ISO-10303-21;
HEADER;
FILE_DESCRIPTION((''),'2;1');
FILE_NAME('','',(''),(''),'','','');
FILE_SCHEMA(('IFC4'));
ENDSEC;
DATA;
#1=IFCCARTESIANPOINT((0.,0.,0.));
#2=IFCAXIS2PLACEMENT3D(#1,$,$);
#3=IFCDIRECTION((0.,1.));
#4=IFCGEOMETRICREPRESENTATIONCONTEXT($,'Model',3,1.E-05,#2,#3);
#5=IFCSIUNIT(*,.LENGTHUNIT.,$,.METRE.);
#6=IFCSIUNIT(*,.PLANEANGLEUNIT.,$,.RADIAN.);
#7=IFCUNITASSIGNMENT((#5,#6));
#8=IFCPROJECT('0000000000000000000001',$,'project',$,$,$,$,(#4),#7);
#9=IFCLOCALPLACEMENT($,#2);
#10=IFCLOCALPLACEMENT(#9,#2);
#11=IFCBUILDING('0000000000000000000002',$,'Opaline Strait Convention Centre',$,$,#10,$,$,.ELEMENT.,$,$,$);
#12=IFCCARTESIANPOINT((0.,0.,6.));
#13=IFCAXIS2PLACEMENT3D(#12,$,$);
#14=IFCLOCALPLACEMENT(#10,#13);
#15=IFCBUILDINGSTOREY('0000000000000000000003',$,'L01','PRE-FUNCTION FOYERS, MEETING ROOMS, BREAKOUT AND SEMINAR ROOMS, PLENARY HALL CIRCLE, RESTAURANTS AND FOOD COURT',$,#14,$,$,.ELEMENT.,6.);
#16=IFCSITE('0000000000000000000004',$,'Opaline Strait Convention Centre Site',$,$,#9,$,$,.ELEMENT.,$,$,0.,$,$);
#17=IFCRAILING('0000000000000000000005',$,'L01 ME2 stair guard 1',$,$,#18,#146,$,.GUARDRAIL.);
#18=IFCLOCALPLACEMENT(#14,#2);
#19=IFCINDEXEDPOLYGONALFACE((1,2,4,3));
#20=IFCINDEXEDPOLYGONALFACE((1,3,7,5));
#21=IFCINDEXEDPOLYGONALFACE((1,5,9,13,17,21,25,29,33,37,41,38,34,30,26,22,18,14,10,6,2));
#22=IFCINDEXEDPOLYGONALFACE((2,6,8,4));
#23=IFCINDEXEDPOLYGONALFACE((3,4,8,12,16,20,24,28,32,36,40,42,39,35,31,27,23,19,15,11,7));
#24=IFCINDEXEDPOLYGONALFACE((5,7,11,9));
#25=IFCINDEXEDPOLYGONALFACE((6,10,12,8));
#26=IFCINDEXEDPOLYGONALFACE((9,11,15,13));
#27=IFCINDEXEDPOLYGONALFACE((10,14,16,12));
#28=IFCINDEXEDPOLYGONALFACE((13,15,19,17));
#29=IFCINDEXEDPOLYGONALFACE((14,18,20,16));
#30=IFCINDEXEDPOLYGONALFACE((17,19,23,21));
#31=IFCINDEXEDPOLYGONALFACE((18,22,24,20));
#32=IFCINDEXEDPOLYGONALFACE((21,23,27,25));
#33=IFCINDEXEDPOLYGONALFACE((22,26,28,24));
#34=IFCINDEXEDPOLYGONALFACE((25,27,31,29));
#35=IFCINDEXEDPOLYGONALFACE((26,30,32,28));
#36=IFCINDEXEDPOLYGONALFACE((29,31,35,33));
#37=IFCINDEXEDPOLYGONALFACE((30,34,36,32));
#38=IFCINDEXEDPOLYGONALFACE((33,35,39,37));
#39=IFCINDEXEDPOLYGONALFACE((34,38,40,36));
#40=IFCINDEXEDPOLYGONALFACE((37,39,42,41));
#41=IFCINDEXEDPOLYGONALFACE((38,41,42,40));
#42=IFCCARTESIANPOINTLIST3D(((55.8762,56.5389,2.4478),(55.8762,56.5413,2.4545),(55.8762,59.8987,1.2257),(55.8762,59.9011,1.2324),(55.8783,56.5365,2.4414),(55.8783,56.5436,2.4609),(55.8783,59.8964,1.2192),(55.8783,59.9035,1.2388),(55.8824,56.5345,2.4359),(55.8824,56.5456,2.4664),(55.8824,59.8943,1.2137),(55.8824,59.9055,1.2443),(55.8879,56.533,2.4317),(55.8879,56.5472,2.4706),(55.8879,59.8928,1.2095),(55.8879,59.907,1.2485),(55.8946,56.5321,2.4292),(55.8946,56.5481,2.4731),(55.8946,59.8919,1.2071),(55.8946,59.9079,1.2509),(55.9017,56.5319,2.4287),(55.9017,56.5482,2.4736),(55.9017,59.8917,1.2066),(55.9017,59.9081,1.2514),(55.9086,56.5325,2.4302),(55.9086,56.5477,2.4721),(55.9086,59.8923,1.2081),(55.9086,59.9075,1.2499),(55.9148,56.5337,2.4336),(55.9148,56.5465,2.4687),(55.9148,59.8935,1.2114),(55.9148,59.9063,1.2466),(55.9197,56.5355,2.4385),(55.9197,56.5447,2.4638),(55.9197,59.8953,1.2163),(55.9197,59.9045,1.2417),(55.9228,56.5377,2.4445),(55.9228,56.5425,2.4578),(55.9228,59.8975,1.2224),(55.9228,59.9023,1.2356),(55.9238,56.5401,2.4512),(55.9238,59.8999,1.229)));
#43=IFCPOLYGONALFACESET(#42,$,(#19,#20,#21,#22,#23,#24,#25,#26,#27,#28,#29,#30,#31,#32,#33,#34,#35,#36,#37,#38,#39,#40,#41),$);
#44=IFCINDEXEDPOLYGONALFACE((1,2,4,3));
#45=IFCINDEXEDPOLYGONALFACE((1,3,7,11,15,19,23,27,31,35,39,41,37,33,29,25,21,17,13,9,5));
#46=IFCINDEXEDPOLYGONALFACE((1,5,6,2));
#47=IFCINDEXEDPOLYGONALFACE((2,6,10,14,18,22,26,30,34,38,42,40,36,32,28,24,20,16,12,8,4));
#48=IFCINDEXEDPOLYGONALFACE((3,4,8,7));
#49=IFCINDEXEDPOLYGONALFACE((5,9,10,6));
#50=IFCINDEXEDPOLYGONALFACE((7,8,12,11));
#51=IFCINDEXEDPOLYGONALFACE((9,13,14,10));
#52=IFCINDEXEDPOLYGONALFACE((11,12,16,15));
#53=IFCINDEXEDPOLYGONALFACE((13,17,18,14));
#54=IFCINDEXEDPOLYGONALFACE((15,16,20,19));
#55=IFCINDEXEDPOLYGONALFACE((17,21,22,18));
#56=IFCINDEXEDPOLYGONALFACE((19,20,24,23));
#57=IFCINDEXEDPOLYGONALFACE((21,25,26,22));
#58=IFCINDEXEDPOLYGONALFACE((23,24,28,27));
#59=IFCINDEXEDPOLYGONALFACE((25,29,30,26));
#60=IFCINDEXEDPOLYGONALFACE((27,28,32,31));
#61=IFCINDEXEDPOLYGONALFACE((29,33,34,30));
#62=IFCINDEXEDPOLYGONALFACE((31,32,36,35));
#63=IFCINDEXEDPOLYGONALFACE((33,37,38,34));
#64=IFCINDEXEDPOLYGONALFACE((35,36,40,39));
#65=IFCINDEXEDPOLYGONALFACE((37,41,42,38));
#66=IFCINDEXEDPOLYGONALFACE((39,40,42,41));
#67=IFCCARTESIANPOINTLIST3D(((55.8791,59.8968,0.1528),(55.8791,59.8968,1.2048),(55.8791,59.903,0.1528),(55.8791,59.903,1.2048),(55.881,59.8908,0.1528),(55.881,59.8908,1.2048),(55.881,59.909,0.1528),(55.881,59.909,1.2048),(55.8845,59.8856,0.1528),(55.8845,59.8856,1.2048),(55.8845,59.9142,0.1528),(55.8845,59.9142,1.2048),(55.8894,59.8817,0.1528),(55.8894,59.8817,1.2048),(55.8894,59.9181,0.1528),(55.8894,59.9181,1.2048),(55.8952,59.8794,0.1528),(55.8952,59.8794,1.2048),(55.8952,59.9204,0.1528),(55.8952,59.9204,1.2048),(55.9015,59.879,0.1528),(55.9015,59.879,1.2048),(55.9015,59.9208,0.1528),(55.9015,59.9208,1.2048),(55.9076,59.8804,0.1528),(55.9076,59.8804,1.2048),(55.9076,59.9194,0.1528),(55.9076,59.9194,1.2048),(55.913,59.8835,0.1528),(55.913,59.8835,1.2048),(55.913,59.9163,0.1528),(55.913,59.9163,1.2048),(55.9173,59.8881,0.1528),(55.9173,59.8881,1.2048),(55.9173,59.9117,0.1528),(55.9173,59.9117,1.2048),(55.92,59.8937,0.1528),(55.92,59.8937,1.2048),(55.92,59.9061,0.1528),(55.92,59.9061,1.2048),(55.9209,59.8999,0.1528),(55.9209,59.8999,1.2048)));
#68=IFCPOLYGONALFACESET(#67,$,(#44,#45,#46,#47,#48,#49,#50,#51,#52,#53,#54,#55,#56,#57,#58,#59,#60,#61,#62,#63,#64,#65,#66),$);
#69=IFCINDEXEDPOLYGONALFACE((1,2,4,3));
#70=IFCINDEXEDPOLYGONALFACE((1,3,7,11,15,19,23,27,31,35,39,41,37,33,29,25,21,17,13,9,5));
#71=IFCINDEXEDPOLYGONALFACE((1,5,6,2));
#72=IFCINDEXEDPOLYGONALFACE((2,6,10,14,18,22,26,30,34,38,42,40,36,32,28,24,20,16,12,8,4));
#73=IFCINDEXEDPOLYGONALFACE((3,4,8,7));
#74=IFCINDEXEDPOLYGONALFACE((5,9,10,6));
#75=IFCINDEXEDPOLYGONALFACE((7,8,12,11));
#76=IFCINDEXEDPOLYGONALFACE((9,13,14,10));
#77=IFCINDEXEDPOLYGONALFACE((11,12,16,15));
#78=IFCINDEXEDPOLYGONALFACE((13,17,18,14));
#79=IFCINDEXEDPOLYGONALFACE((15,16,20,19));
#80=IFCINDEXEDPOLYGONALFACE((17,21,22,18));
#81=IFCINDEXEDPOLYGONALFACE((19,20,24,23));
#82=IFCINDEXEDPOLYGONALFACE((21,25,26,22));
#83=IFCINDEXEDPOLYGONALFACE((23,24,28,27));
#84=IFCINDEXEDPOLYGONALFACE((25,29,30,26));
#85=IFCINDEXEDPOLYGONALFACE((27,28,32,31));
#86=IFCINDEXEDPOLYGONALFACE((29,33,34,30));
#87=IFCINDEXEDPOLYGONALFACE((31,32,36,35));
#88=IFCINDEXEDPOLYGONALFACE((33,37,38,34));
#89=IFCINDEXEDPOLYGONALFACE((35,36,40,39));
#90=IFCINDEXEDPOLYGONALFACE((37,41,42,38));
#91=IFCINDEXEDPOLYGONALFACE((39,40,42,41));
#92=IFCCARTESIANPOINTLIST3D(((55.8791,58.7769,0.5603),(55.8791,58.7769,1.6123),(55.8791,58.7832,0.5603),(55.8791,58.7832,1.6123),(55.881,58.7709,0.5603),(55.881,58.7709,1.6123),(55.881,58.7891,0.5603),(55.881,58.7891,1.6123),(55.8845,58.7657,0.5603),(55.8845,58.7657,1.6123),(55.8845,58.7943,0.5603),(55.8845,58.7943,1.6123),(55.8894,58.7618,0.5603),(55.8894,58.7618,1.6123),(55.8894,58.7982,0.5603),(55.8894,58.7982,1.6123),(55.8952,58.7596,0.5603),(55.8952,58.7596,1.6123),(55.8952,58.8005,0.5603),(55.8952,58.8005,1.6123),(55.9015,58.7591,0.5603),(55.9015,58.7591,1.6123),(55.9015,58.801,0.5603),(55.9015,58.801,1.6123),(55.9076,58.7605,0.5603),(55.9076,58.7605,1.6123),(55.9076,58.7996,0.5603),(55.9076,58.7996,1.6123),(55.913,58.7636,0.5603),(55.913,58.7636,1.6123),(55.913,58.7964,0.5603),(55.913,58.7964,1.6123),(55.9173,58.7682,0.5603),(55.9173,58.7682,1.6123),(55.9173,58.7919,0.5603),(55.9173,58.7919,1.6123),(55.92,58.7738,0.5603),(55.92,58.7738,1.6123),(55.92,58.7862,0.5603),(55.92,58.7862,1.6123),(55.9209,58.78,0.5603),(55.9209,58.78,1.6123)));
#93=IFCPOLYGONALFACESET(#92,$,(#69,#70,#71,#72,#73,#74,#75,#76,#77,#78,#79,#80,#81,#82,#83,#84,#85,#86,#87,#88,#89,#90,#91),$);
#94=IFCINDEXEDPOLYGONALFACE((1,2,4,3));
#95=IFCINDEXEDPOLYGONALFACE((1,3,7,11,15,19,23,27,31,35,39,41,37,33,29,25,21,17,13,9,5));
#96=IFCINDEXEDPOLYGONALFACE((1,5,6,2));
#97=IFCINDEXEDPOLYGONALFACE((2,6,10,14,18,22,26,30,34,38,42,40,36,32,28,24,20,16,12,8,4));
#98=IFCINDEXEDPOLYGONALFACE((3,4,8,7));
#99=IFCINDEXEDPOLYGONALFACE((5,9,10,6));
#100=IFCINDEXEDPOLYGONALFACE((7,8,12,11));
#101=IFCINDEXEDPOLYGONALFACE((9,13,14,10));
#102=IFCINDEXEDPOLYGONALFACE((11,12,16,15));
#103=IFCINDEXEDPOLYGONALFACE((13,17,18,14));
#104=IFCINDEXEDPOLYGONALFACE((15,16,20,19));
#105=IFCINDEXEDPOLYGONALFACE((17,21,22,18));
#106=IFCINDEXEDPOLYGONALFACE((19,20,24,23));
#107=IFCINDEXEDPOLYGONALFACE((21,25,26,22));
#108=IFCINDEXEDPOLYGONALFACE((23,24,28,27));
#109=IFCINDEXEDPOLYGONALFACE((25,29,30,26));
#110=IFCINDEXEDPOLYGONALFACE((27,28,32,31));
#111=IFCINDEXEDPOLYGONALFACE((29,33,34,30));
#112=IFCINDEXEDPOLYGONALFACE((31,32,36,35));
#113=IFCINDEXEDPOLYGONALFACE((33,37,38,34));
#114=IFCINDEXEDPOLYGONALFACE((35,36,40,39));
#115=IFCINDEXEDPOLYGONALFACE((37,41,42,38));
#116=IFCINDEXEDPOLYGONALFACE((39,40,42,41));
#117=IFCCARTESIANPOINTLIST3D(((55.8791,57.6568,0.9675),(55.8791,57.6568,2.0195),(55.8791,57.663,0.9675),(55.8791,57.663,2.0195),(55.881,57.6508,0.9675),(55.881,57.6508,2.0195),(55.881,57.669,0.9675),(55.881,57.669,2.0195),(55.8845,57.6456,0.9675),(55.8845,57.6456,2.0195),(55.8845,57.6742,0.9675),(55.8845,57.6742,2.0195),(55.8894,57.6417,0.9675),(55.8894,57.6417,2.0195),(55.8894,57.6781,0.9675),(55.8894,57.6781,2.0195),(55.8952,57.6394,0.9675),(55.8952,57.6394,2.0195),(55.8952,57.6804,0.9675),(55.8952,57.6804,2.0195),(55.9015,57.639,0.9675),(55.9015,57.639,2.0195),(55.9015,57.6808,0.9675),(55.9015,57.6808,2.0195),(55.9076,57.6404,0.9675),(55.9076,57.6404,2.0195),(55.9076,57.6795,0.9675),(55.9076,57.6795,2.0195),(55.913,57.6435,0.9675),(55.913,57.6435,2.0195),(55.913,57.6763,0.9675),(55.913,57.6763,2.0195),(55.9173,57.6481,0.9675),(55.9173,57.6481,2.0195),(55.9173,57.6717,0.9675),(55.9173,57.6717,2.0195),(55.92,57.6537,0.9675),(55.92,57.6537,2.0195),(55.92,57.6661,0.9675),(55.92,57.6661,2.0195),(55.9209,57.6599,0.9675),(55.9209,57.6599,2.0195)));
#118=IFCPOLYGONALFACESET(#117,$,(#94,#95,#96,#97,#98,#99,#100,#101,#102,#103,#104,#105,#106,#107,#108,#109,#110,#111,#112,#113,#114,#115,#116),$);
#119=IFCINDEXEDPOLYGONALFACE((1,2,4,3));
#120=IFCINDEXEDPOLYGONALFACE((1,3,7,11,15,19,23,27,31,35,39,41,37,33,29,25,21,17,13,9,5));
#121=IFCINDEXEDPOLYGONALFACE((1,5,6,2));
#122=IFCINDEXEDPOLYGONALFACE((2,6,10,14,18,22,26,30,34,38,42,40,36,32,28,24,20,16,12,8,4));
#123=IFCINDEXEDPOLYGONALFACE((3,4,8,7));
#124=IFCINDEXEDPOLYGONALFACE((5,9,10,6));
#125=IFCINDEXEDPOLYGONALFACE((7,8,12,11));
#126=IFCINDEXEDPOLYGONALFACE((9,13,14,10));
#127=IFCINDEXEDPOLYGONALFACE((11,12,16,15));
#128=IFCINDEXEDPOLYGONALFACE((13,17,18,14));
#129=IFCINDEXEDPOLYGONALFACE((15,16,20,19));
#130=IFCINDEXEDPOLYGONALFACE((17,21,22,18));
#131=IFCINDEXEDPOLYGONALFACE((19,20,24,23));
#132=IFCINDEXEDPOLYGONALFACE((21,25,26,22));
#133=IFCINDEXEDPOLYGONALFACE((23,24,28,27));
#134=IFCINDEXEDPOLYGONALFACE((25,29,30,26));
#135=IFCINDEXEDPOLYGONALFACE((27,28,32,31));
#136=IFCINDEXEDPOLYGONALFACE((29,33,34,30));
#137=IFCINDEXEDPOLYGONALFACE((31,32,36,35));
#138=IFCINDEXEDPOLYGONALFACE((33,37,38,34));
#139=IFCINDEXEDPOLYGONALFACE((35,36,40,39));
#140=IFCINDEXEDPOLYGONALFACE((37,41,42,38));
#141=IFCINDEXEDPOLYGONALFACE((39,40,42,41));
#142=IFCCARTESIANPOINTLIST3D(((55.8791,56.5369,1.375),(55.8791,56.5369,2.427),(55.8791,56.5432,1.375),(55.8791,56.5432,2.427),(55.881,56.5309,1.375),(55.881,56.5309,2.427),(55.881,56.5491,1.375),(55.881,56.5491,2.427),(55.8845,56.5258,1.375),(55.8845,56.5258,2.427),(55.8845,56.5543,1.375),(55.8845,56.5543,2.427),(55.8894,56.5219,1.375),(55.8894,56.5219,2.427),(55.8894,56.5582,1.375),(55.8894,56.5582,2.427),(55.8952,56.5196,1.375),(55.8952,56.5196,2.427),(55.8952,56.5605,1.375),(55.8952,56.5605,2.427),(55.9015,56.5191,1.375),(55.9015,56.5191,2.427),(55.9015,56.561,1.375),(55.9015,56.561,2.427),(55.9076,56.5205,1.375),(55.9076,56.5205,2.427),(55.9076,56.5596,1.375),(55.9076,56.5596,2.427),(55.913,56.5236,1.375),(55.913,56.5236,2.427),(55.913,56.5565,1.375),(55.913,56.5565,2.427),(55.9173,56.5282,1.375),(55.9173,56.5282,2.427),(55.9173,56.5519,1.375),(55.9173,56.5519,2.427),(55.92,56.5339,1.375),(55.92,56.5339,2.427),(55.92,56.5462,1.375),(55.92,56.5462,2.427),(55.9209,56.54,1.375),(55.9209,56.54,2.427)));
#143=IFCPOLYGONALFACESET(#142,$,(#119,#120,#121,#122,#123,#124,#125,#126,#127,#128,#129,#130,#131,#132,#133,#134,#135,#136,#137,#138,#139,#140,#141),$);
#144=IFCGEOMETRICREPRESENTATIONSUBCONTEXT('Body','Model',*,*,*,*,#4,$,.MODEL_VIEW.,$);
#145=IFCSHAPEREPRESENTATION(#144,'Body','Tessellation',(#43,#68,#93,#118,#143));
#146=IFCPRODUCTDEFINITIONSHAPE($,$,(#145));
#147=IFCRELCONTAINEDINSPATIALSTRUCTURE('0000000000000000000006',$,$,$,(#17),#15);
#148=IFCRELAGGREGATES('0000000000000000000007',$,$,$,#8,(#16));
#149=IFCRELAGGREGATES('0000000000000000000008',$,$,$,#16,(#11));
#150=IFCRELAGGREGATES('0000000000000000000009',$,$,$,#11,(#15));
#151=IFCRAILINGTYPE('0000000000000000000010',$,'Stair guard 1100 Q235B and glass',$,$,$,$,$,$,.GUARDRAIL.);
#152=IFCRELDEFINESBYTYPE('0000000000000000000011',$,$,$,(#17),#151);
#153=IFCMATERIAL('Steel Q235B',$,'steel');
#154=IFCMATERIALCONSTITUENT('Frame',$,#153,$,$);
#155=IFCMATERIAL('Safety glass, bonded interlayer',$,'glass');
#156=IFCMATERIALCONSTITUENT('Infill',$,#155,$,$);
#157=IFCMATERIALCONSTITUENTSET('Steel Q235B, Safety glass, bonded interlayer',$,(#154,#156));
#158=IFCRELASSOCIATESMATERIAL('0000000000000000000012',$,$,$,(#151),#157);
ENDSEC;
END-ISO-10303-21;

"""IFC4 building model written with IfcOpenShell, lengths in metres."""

from ifc_helpers import new_model, si_unit, direction, frame, origin, origin_2d, place, context, subcontext, project, spatial, circle, extrude, material, constituent, constituent_set, type_object, element, save


model = new_model("IFC4")

# Units and contexts
model_context = context("Model", 3, precision=1e-05, world=origin(), true_north=direction((0.0, 1.0)))
body_context = subcontext(model_context, "Body", "Model", "MODEL_VIEW")
ifc_project = project(units=[si_unit("LENGTHUNIT", "METRE"), si_unit("PLANEANGLEUNIT", "RADIAN")], contexts=[model_context])

# Site, building, storey
site_placement = place(None, origin())
site = spatial("IfcSite", under=ifc_project, at=site_placement, Name="Opaline Strait Convention Centre Site", CompositionType="ELEMENT", RefElevation=0.0)
building_placement = place(site_placement, origin())
building = spatial("IfcBuilding", under=site, at=building_placement, Name="Opaline Strait Convention Centre", CompositionType="ELEMENT")
storey_placement = place(building_placement, frame((0.0, 0.0, 6.0)))
storey = spatial("IfcBuildingStorey", under=building, at=storey_placement, Name="L01", Description="PRE-FUNCTION FOYERS, MEETING ROOMS, BREAKOUT AND SEMINAR ROOMS, PLENARY HALL CIRCLE, RESTAURANTS AND FOOD COURT", CompositionType="ELEMENT", Elevation=6.0)

# Railing
ifc_material_1 = material(Name="Steel Q235B", Category="steel")
ifc_constituent_1 = constituent(ifc_material_1, Name="Frame")
ifc_material_2 = material(Name="Safety glass, bonded interlayer", Category="glass")
ifc_constituent_2 = constituent(ifc_material_2, Name="Infill")
ifc_constituent_set = constituent_set(constituents=[ifc_constituent_1, ifc_constituent_2], Name="Steel Q235B, Safety glass, bonded interlayer")
railing_type_1 = type_object("IfcRailingType", Name="Stair guard 1100 Q235B and glass", PredefinedType="GUARDRAIL", material=ifc_constituent_set)
for number, where, name in (
    (1, (55.8999, 59.8999, 0.1528), "L01 ME2 stair guard 1"),
):
    element("IfcRailing", number, at=place(storey_placement, frame(where)), inside=storey, type_object=railing_type_1, Name=name, PredefinedType="GUARDRAIL", context=body_context, shape_type="SweptSolid", body=[
        extrude(circle(Radius=0.0239, at=origin_2d()), frame((0.0, 0.0, 1.0762), z_axis=(0.0, -0.939758, 0.341842), x_axis=(1.0, 0.0, 0.0)), (0.0, 0.0, 1.0), 3.5752),
        extrude(circle(Radius=0.021, at=origin_2d()), origin(), (0.0, 0.0, 1.0), 1.052),
        extrude(circle(Radius=0.021, at=origin_2d()), frame((0.0, -1.1199, 0.4075)), (0.0, 0.0, 1.0), 1.052),
        extrude(circle(Radius=0.021, at=origin_2d()), frame((0.0, -2.24, 0.8147)), (0.0, 0.0, 1.0), 1.052),
        extrude(circle(Radius=0.021, at=origin_2d()), frame((0.0, -3.3599, 1.2222)), (0.0, 0.0, 1.0), 1.052),
    ])

save(model, "model.ifc")
